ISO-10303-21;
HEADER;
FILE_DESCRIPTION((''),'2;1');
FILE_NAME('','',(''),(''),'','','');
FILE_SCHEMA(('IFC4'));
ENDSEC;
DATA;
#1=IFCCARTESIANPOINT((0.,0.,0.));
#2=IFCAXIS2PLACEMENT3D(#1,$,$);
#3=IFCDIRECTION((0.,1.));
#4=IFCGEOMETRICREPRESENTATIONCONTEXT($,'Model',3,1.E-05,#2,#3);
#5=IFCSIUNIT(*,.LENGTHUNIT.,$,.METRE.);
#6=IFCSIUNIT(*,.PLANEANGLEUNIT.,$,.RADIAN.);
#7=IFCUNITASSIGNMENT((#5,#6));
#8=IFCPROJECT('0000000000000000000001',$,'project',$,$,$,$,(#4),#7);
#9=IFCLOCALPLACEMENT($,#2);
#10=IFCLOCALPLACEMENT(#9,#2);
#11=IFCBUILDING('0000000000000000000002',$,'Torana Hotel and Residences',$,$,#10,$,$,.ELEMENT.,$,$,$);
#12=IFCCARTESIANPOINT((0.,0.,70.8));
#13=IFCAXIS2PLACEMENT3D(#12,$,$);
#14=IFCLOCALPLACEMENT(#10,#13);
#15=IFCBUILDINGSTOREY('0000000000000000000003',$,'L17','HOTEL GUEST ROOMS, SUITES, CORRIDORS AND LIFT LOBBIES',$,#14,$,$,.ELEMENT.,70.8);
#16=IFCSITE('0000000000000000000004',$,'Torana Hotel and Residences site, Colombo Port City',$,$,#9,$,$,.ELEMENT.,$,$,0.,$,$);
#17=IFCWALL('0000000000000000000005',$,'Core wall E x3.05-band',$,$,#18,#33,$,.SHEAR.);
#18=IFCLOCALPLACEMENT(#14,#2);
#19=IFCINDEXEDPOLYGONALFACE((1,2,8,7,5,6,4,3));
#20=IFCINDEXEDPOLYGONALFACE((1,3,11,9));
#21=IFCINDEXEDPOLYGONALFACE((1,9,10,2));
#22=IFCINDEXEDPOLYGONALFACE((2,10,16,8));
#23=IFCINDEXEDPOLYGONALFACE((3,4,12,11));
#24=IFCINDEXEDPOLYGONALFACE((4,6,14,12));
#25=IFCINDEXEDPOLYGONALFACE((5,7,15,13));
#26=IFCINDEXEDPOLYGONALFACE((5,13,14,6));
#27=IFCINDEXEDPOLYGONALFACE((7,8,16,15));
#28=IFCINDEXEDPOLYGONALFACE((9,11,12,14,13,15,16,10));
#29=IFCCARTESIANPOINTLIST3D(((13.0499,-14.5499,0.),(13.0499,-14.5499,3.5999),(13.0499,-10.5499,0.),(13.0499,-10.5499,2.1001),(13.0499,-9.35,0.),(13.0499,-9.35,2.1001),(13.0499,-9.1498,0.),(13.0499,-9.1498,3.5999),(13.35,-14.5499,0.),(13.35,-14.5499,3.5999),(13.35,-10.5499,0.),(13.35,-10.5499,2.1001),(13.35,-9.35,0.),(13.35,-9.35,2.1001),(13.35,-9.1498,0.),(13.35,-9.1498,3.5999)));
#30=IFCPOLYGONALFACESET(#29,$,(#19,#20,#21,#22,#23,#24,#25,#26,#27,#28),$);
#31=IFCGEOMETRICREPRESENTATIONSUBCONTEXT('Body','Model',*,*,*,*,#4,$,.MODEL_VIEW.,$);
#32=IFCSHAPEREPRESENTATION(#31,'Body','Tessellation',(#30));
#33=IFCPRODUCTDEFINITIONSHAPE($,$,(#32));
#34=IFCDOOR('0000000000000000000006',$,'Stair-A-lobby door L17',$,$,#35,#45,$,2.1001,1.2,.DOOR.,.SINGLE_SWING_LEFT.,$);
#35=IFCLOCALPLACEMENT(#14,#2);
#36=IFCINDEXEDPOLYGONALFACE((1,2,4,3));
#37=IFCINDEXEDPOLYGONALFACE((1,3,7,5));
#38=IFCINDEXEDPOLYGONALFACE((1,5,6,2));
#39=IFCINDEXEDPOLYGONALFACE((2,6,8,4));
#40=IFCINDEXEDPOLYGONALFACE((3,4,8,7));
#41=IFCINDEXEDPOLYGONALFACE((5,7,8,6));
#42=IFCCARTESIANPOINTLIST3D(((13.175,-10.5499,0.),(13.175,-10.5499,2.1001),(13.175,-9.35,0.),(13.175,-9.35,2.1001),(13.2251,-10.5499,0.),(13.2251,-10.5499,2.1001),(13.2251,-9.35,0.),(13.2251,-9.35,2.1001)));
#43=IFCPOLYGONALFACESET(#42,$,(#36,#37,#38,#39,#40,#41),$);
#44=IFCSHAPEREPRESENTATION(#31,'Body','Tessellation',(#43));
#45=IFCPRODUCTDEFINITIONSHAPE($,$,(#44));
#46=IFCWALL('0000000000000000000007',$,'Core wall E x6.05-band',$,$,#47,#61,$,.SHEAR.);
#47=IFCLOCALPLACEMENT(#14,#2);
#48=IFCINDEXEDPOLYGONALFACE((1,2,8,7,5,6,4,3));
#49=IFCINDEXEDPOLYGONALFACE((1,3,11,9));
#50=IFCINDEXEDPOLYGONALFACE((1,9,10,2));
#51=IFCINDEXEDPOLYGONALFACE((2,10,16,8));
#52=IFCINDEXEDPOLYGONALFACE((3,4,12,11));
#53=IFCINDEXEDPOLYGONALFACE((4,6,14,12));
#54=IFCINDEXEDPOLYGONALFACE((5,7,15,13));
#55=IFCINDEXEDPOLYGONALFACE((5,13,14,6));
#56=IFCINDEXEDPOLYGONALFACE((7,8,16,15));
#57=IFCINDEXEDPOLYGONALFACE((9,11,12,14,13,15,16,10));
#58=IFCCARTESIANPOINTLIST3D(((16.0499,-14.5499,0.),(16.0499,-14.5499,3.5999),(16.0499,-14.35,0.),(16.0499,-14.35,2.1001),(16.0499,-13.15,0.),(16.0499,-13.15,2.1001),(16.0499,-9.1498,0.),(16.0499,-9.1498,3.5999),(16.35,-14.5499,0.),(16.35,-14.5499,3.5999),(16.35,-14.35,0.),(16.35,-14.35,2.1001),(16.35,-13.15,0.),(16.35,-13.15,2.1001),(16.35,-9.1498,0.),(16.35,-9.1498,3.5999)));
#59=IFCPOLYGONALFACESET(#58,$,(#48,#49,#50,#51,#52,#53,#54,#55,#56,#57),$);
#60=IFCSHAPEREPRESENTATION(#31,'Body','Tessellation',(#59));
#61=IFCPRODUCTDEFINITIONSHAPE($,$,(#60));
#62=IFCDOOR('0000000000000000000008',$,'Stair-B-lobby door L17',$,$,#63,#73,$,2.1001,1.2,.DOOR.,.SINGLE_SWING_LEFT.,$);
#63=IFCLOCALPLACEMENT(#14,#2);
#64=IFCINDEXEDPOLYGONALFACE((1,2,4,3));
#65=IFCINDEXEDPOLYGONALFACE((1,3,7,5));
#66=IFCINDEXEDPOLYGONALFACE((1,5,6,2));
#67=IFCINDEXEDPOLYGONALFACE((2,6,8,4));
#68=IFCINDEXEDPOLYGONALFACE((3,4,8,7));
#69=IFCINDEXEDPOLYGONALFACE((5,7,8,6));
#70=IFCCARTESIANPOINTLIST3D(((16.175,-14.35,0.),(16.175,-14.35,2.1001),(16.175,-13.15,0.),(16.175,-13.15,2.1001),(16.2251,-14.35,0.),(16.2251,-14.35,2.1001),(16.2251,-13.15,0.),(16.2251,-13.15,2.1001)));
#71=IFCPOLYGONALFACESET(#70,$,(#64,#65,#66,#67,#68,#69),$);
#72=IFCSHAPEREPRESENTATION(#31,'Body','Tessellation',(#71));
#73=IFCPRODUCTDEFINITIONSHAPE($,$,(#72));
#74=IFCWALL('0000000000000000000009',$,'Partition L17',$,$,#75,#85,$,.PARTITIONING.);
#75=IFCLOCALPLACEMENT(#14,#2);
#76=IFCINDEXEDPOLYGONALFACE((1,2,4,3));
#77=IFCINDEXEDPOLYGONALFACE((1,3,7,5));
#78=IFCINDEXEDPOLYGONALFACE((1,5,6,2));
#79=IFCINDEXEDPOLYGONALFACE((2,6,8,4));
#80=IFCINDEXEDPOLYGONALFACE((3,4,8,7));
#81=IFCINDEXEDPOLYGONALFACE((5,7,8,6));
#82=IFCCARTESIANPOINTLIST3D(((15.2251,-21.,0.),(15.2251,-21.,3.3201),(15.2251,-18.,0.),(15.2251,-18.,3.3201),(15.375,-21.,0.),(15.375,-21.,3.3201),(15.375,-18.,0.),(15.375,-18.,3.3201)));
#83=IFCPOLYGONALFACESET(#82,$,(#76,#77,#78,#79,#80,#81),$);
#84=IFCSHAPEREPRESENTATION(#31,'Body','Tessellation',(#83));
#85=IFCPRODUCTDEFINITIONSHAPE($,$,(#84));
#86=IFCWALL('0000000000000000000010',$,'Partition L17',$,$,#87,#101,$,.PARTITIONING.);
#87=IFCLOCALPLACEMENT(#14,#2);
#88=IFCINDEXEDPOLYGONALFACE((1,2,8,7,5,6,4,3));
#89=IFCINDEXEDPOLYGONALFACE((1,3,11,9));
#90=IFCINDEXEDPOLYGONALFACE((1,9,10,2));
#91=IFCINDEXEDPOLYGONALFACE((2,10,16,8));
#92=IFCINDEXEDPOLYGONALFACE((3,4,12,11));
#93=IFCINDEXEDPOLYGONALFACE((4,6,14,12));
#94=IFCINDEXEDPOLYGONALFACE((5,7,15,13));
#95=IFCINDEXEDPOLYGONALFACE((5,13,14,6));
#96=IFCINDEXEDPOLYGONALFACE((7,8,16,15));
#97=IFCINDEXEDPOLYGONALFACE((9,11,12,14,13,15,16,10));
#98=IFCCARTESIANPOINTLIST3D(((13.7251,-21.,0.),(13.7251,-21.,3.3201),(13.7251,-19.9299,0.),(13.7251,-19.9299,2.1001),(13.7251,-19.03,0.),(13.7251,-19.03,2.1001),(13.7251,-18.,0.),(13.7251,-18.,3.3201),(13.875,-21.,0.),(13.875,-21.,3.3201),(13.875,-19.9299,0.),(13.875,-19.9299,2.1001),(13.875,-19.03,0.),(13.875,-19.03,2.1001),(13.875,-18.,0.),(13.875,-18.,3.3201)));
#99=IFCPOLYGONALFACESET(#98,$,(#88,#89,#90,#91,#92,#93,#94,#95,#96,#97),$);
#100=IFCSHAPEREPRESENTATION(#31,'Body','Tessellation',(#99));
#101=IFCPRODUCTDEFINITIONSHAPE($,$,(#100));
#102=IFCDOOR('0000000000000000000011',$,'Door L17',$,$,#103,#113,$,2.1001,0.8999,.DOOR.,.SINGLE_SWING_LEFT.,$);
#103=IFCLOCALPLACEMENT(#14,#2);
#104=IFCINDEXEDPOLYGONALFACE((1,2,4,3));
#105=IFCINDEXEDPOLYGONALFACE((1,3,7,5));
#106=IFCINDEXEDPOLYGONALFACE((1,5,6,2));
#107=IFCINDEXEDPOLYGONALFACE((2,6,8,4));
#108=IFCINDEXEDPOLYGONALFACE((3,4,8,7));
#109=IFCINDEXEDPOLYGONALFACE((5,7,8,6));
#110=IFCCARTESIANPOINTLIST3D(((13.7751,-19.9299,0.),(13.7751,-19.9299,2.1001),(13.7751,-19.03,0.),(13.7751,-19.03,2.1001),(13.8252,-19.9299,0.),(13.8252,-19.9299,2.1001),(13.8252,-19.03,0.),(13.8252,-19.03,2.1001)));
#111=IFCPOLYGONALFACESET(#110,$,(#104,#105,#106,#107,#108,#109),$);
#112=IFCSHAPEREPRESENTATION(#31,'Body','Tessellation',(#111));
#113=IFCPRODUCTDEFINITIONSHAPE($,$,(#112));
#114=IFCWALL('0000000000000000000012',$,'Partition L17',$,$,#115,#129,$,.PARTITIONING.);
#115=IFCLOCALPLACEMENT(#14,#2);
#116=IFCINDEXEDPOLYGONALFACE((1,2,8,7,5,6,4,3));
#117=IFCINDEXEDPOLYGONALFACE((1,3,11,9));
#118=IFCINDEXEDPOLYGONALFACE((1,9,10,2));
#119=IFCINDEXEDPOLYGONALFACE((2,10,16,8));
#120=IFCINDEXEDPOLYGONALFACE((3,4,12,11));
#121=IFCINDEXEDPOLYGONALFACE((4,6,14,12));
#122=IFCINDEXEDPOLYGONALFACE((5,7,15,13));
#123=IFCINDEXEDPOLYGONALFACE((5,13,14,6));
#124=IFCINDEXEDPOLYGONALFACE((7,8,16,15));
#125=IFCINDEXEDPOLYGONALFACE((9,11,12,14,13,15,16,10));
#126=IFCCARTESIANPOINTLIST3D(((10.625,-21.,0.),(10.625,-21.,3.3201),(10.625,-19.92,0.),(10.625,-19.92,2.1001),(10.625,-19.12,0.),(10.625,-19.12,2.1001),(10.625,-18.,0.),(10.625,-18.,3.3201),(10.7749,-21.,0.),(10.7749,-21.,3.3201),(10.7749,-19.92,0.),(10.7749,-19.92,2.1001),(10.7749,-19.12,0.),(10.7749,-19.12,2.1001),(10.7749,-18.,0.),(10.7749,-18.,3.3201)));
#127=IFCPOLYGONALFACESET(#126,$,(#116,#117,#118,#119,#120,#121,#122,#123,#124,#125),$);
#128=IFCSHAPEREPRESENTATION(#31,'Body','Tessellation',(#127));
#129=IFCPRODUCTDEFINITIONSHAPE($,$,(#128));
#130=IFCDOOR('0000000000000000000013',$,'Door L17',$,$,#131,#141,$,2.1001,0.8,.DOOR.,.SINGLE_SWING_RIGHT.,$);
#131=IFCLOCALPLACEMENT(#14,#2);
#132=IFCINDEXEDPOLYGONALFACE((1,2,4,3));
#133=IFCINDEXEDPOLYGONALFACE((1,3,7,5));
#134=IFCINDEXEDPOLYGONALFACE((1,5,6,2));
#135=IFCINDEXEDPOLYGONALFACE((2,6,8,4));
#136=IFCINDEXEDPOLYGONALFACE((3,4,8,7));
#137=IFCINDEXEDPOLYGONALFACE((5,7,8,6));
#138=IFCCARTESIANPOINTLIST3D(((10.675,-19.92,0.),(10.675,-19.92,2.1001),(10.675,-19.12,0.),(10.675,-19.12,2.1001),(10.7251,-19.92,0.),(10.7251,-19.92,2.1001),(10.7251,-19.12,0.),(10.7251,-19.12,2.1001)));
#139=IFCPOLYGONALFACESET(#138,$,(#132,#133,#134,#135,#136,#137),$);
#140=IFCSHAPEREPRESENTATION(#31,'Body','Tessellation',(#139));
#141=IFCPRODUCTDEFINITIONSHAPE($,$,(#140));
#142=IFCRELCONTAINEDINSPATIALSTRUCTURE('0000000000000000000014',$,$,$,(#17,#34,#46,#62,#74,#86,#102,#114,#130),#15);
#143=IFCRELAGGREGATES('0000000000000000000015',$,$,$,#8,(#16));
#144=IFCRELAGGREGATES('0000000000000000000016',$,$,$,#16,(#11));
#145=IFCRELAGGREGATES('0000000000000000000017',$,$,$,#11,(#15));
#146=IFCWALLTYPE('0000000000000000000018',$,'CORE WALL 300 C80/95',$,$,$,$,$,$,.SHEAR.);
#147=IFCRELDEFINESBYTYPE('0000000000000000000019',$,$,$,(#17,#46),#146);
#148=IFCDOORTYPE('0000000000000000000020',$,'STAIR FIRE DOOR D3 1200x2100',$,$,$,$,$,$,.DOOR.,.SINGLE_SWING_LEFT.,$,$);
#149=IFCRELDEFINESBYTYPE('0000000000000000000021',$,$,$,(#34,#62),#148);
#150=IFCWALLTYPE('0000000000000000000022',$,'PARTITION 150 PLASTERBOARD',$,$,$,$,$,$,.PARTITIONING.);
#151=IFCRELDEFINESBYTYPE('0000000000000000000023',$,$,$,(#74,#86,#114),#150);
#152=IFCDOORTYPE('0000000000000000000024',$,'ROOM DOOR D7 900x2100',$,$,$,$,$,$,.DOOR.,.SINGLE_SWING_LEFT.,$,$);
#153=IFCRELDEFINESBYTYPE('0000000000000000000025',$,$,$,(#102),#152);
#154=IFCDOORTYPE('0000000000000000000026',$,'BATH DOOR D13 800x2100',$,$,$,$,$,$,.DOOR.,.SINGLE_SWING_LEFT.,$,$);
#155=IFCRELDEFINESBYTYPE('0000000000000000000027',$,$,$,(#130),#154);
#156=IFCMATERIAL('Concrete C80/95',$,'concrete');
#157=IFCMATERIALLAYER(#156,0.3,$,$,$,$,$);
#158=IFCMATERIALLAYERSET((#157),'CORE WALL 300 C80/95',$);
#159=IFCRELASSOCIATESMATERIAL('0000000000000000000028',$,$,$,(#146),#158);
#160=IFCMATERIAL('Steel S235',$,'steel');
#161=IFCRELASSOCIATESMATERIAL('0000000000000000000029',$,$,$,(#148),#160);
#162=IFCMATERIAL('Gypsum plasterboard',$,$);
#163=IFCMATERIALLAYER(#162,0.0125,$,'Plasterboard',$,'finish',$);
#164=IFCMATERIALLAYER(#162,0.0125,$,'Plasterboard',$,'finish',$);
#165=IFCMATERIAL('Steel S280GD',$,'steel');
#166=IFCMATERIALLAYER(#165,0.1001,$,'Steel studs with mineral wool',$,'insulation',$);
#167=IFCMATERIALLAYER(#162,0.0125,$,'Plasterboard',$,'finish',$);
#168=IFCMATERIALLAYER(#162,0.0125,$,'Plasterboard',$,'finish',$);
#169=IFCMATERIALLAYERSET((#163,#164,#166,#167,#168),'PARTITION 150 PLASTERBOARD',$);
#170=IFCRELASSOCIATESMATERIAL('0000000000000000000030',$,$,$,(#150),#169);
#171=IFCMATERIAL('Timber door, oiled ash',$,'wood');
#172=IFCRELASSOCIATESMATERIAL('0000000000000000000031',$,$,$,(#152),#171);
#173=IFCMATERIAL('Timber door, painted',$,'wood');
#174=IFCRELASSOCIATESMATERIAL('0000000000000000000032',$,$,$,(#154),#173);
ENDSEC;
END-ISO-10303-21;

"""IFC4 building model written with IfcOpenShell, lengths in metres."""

from ifc_helpers import new_model, si_unit, direction, frame, frame_2d, origin, place, context, subcontext, project, spatial, rectangle, extrude, material, layer, layer_set, type_object, element, fill, save


model = new_model("IFC4")

# Units and contexts
model_context = context("Model", 3, precision=1e-05, world=origin(), true_north=direction((0.0, 1.0)))
body_context = subcontext(model_context, "Body", "Model", "MODEL_VIEW")
ifc_project = project(units=[si_unit("LENGTHUNIT", "METRE"), si_unit("PLANEANGLEUNIT", "RADIAN")], contexts=[model_context])

# Site, building, storey
site_placement = place(None, origin())
site = spatial("IfcSite", under=ifc_project, at=site_placement, Name="Torana Hotel and Residences site, Colombo Port City", CompositionType="ELEMENT", RefElevation=0.0)
building_placement = place(site_placement, origin())
building = spatial("IfcBuilding", under=site, at=building_placement, Name="Torana Hotel and Residences", CompositionType="ELEMENT")
storey_placement = place(building_placement, frame((0.0, 0.0, 70.8)))
storey = spatial("IfcBuildingStorey", under=building, at=storey_placement, Name="L17", Description="HOTEL GUEST ROOMS, SUITES, CORRIDORS AND LIFT LOBBIES", CompositionType="ELEMENT", Elevation=70.8)

# Walls, openings, doors
ifc_material_1 = material(Name="Concrete C80/95", Category="concrete")
ifc_layer_1 = layer(ifc_material_1, 0.3)
ifc_layer_set_1 = layer_set([ifc_layer_1], Name="CORE WALL 300 C80/95")
wall_type_1 = type_object("IfcWallType", Name="CORE WALL 300 C80/95", PredefinedType="SHEAR", material=ifc_layer_set_1)
wall_1_placement = place(storey_placement, frame((13.2, -14.55, 0.0), z_axis=(0.0, 0.0, 1.0), x_axis=(0.0, 1.0, 0.0)))
wall_1 = element("IfcWall", 1, at=wall_1_placement, inside=storey, type_object=wall_type_1, Name="Core wall E x3.05-band", PredefinedType="SHEAR", context=body_context, shape_type="SweptSolid", body=[
    extrude(rectangle(XDim=5.4001, YDim=0.3, at=frame_2d((2.7002, 0.0))), origin(), (0.0, 0.0, 1.0), 3.5999),
])
opening_1_placement = place(wall_1_placement, frame((4.0, 0.0, 0.0)))
opening_1 = element("IfcOpeningElement", 2, at=opening_1_placement, cuts=wall_1, PredefinedType="OPENING", context=body_context, shape_type="SweptSolid", body=[
    extrude(rectangle(XDim=1.2, YDim=2.1001, at=frame_2d((0.6001, 1.05))), frame((0.0, 0.1599, 0.0), z_axis=(0.0, -1.0, 0.0), x_axis=(1.0, 0.0, 0.0)), (0.0, 0.0, 1.0), 0.3201),
])
ifc_material_2 = material(Name="Steel S235", Category="steel")
door_type_1 = type_object("IfcDoorType", Name="STAIR FIRE DOOR D3 1200x2100", OperationType="SINGLE_SWING_LEFT", PredefinedType="DOOR", material=ifc_material_2)
door_1_placement = place(opening_1_placement, origin())
door_1 = element("IfcDoor", 3, at=door_1_placement, inside=storey, type_object=door_type_1, Name="Stair-A-lobby door L17", OperationType="SINGLE_SWING_LEFT", OverallHeight=2.1001, OverallWidth=1.2, PredefinedType="DOOR", context=body_context, shape_type="SweptSolid", body=[
    extrude(rectangle(XDim=1.2, YDim=2.1001, at=frame_2d((0.6001, 1.05))), frame((0.0, 0.0249, 0.0), z_axis=(0.0, -1.0, 0.0), x_axis=(1.0, 0.0, 0.0)), (0.0, 0.0, 1.0), 0.05),
])
fill(opening_1, door_1)
wall_2_placement = place(storey_placement, frame((16.2, -14.55, 0.0), z_axis=(0.0, 0.0, 1.0), x_axis=(0.0, 1.0, 0.0)))
wall_2 = element("IfcWall", 4, at=wall_2_placement, inside=storey, type_object=wall_type_1, Name="Core wall E x6.05-band", PredefinedType="SHEAR", context=body_context, shape_type="SweptSolid", body=[
    extrude(rectangle(XDim=5.4001, YDim=0.3, at=frame_2d((2.7002, 0.0))), origin(), (0.0, 0.0, 1.0), 3.5999),
])
opening_2_placement = place(wall_2_placement, frame((0.2, 0.0, 0.0)))
opening_2 = element("IfcOpeningElement", 5, at=opening_2_placement, cuts=wall_2, PredefinedType="OPENING", context=body_context, shape_type="SweptSolid", body=[
    extrude(rectangle(XDim=1.2, YDim=2.1001, at=frame_2d((0.6001, 1.05))), frame((0.0, 0.1599, 0.0), z_axis=(0.0, -1.0, 0.0), x_axis=(1.0, 0.0, 0.0)), (0.0, 0.0, 1.0), 0.3201),
])
door_2_placement = place(opening_2_placement, frame((0.6001, 0.0, 0.0), z_axis=(0.0, 0.0, 1.0), x_axis=(-1.0, 0.0, 0.0)))
door_2 = element("IfcDoor", 6, at=door_2_placement, inside=storey, type_object=door_type_1, Name="Stair-B-lobby door L17", OperationType="SINGLE_SWING_LEFT", OverallHeight=2.1001, OverallWidth=1.2, PredefinedType="DOOR", context=body_context, shape_type="SweptSolid", body=[
    extrude(rectangle(XDim=1.2, YDim=2.1001, at=frame_2d((0.0, 1.05))), frame((0.0, -0.0249, 0.0), z_axis=(0.0, 1.0, 0.0), x_axis=(-1.0, 0.0, 0.0)), (0.0, 0.0, 1.0), 0.05),
])
fill(opening_2, door_2)

# Wall
ifc_material_3 = material(Name="Gypsum plasterboard")
ifc_layer_2 = layer(ifc_material_3, 0.0125, Name="Plasterboard", Category="finish")
ifc_layer_3 = layer(ifc_material_3, 0.0125, Name="Plasterboard", Category="finish")
ifc_material_4 = material(Name="Steel S280GD", Category="steel")
ifc_layer_4 = layer(ifc_material_4, 0.1001, Name="Steel studs with mineral wool", Category="insulation")
ifc_layer_5 = layer(ifc_material_3, 0.0125, Name="Plasterboard", Category="finish")
ifc_layer_6 = layer(ifc_material_3, 0.0125, Name="Plasterboard", Category="finish")
ifc_layer_set_2 = layer_set([ifc_layer_2, ifc_layer_3, ifc_layer_4, ifc_layer_5, ifc_layer_6], Name="PARTITION 150 PLASTERBOARD")
wall_type_2 = type_object("IfcWallType", Name="PARTITION 150 PLASTERBOARD", PredefinedType="PARTITIONING", material=ifc_layer_set_2)
wall_3_placement = place(storey_placement, frame((15.3, -21.0, 0.0), z_axis=(0.0, 0.0, 1.0), x_axis=(0.0, 1.0, 0.0)))
element("IfcWall", 7, at=wall_3_placement, inside=storey, type_object=wall_type_2, Name="Partition L17", PredefinedType="PARTITIONING", context=body_context, shape_type="SweptSolid", body=[
    extrude(rectangle(XDim=3.0, YDim=0.1499, at=frame_2d((1.5, 0.0))), origin(), (0.0, 0.0, 1.0), 3.3201),
])

# Walls, openings, doors
wall_4_placement = place(storey_placement, frame((13.8, -21.0, 0.0), z_axis=(0.0, 0.0, 1.0), x_axis=(0.0, 1.0, 0.0)))
wall_4 = element("IfcWall", 8, at=wall_4_placement, inside=storey, type_object=wall_type_2, Name="Partition L17", PredefinedType="PARTITIONING", context=body_context, shape_type="SweptSolid", body=[
    extrude(rectangle(XDim=3.0, YDim=0.1499, at=frame_2d((1.5, 0.0))), origin(), (0.0, 0.0, 1.0), 3.3201),
])
opening_3_placement = place(wall_4_placement, frame((1.0701, 0.0, 0.0)))
opening_3 = element("IfcOpeningElement", 9, at=opening_3_placement, cuts=wall_4, PredefinedType="OPENING", context=body_context, shape_type="SweptSolid", body=[
    extrude(rectangle(XDim=0.8999, YDim=2.1001, at=frame_2d((0.45, 1.05))), frame((0.0, 0.085, 0.0), z_axis=(0.0, -1.0, 0.0), x_axis=(1.0, 0.0, 0.0)), (0.0, 0.0, 1.0), 0.1699),
])
ifc_material_5 = material(Name="Timber door, oiled ash", Category="wood")
door_type_2 = type_object("IfcDoorType", Name="ROOM DOOR D7 900x2100", OperationType="SINGLE_SWING_LEFT", PredefinedType="DOOR", material=ifc_material_5)
door_3_placement = place(opening_3_placement, origin())
door_3 = element("IfcDoor", 10, at=door_3_placement, inside=storey, type_object=door_type_2, Name="Door L17", OperationType="SINGLE_SWING_LEFT", OverallHeight=2.1001, OverallWidth=0.8999, PredefinedType="DOOR", context=body_context, shape_type="SweptSolid", body=[
    extrude(rectangle(XDim=0.8999, YDim=2.1001, at=frame_2d((0.45, 1.05))), frame((0.0, 0.0249, 0.0), z_axis=(0.0, -1.0, 0.0), x_axis=(1.0, 0.0, 0.0)), (0.0, 0.0, 1.0), 0.05),
])
fill(opening_3, door_3)
wall_5_placement = place(storey_placement, frame((10.7, -21.0, 0.0), z_axis=(0.0, 0.0, 1.0), x_axis=(0.0, 1.0, 0.0)))
wall_5 = element("IfcWall", 11, at=wall_5_placement, inside=storey, type_object=wall_type_2, Name="Partition L17", PredefinedType="PARTITIONING", context=body_context, shape_type="SweptSolid", body=[
    extrude(rectangle(XDim=3.0, YDim=0.1499, at=frame_2d((1.5, 0.0))), origin(), (0.0, 0.0, 1.0), 3.3201),
])
opening_4_placement = place(wall_5_placement, frame((1.0801, 0.0, 0.0)))
opening_4 = element("IfcOpeningElement", 12, at=opening_4_placement, cuts=wall_5, PredefinedType="OPENING", context=body_context, shape_type="SweptSolid", body=[
    extrude(rectangle(XDim=0.8, YDim=2.1001, at=frame_2d((0.3999, 1.05))), frame((0.0, 0.085, 0.0), z_axis=(0.0, -1.0, 0.0), x_axis=(1.0, 0.0, 0.0)), (0.0, 0.0, 1.0), 0.1699),
])
ifc_material_6 = material(Name="Timber door, painted", Category="wood")
door_type_3 = type_object("IfcDoorType", Name="BATH DOOR D13 800x2100", OperationType="SINGLE_SWING_LEFT", PredefinedType="DOOR", material=ifc_material_6)
door_4_placement = place(opening_4_placement, origin())
door_4 = element("IfcDoor", 13, at=door_4_placement, inside=storey, type_object=door_type_3, Name="Door L17", OperationType="SINGLE_SWING_RIGHT", OverallHeight=2.1001, OverallWidth=0.8, PredefinedType="DOOR", context=body_context, shape_type="SweptSolid", body=[
    extrude(rectangle(XDim=0.8, YDim=2.1001, at=frame_2d((0.3999, 1.05))), frame((0.0, 0.0249, 0.0), z_axis=(0.0, -1.0, 0.0), x_axis=(1.0, 0.0, 0.0)), (0.0, 0.0, 1.0), 0.05),
])
fill(opening_4, door_4)

save(model, "model.ifc")
